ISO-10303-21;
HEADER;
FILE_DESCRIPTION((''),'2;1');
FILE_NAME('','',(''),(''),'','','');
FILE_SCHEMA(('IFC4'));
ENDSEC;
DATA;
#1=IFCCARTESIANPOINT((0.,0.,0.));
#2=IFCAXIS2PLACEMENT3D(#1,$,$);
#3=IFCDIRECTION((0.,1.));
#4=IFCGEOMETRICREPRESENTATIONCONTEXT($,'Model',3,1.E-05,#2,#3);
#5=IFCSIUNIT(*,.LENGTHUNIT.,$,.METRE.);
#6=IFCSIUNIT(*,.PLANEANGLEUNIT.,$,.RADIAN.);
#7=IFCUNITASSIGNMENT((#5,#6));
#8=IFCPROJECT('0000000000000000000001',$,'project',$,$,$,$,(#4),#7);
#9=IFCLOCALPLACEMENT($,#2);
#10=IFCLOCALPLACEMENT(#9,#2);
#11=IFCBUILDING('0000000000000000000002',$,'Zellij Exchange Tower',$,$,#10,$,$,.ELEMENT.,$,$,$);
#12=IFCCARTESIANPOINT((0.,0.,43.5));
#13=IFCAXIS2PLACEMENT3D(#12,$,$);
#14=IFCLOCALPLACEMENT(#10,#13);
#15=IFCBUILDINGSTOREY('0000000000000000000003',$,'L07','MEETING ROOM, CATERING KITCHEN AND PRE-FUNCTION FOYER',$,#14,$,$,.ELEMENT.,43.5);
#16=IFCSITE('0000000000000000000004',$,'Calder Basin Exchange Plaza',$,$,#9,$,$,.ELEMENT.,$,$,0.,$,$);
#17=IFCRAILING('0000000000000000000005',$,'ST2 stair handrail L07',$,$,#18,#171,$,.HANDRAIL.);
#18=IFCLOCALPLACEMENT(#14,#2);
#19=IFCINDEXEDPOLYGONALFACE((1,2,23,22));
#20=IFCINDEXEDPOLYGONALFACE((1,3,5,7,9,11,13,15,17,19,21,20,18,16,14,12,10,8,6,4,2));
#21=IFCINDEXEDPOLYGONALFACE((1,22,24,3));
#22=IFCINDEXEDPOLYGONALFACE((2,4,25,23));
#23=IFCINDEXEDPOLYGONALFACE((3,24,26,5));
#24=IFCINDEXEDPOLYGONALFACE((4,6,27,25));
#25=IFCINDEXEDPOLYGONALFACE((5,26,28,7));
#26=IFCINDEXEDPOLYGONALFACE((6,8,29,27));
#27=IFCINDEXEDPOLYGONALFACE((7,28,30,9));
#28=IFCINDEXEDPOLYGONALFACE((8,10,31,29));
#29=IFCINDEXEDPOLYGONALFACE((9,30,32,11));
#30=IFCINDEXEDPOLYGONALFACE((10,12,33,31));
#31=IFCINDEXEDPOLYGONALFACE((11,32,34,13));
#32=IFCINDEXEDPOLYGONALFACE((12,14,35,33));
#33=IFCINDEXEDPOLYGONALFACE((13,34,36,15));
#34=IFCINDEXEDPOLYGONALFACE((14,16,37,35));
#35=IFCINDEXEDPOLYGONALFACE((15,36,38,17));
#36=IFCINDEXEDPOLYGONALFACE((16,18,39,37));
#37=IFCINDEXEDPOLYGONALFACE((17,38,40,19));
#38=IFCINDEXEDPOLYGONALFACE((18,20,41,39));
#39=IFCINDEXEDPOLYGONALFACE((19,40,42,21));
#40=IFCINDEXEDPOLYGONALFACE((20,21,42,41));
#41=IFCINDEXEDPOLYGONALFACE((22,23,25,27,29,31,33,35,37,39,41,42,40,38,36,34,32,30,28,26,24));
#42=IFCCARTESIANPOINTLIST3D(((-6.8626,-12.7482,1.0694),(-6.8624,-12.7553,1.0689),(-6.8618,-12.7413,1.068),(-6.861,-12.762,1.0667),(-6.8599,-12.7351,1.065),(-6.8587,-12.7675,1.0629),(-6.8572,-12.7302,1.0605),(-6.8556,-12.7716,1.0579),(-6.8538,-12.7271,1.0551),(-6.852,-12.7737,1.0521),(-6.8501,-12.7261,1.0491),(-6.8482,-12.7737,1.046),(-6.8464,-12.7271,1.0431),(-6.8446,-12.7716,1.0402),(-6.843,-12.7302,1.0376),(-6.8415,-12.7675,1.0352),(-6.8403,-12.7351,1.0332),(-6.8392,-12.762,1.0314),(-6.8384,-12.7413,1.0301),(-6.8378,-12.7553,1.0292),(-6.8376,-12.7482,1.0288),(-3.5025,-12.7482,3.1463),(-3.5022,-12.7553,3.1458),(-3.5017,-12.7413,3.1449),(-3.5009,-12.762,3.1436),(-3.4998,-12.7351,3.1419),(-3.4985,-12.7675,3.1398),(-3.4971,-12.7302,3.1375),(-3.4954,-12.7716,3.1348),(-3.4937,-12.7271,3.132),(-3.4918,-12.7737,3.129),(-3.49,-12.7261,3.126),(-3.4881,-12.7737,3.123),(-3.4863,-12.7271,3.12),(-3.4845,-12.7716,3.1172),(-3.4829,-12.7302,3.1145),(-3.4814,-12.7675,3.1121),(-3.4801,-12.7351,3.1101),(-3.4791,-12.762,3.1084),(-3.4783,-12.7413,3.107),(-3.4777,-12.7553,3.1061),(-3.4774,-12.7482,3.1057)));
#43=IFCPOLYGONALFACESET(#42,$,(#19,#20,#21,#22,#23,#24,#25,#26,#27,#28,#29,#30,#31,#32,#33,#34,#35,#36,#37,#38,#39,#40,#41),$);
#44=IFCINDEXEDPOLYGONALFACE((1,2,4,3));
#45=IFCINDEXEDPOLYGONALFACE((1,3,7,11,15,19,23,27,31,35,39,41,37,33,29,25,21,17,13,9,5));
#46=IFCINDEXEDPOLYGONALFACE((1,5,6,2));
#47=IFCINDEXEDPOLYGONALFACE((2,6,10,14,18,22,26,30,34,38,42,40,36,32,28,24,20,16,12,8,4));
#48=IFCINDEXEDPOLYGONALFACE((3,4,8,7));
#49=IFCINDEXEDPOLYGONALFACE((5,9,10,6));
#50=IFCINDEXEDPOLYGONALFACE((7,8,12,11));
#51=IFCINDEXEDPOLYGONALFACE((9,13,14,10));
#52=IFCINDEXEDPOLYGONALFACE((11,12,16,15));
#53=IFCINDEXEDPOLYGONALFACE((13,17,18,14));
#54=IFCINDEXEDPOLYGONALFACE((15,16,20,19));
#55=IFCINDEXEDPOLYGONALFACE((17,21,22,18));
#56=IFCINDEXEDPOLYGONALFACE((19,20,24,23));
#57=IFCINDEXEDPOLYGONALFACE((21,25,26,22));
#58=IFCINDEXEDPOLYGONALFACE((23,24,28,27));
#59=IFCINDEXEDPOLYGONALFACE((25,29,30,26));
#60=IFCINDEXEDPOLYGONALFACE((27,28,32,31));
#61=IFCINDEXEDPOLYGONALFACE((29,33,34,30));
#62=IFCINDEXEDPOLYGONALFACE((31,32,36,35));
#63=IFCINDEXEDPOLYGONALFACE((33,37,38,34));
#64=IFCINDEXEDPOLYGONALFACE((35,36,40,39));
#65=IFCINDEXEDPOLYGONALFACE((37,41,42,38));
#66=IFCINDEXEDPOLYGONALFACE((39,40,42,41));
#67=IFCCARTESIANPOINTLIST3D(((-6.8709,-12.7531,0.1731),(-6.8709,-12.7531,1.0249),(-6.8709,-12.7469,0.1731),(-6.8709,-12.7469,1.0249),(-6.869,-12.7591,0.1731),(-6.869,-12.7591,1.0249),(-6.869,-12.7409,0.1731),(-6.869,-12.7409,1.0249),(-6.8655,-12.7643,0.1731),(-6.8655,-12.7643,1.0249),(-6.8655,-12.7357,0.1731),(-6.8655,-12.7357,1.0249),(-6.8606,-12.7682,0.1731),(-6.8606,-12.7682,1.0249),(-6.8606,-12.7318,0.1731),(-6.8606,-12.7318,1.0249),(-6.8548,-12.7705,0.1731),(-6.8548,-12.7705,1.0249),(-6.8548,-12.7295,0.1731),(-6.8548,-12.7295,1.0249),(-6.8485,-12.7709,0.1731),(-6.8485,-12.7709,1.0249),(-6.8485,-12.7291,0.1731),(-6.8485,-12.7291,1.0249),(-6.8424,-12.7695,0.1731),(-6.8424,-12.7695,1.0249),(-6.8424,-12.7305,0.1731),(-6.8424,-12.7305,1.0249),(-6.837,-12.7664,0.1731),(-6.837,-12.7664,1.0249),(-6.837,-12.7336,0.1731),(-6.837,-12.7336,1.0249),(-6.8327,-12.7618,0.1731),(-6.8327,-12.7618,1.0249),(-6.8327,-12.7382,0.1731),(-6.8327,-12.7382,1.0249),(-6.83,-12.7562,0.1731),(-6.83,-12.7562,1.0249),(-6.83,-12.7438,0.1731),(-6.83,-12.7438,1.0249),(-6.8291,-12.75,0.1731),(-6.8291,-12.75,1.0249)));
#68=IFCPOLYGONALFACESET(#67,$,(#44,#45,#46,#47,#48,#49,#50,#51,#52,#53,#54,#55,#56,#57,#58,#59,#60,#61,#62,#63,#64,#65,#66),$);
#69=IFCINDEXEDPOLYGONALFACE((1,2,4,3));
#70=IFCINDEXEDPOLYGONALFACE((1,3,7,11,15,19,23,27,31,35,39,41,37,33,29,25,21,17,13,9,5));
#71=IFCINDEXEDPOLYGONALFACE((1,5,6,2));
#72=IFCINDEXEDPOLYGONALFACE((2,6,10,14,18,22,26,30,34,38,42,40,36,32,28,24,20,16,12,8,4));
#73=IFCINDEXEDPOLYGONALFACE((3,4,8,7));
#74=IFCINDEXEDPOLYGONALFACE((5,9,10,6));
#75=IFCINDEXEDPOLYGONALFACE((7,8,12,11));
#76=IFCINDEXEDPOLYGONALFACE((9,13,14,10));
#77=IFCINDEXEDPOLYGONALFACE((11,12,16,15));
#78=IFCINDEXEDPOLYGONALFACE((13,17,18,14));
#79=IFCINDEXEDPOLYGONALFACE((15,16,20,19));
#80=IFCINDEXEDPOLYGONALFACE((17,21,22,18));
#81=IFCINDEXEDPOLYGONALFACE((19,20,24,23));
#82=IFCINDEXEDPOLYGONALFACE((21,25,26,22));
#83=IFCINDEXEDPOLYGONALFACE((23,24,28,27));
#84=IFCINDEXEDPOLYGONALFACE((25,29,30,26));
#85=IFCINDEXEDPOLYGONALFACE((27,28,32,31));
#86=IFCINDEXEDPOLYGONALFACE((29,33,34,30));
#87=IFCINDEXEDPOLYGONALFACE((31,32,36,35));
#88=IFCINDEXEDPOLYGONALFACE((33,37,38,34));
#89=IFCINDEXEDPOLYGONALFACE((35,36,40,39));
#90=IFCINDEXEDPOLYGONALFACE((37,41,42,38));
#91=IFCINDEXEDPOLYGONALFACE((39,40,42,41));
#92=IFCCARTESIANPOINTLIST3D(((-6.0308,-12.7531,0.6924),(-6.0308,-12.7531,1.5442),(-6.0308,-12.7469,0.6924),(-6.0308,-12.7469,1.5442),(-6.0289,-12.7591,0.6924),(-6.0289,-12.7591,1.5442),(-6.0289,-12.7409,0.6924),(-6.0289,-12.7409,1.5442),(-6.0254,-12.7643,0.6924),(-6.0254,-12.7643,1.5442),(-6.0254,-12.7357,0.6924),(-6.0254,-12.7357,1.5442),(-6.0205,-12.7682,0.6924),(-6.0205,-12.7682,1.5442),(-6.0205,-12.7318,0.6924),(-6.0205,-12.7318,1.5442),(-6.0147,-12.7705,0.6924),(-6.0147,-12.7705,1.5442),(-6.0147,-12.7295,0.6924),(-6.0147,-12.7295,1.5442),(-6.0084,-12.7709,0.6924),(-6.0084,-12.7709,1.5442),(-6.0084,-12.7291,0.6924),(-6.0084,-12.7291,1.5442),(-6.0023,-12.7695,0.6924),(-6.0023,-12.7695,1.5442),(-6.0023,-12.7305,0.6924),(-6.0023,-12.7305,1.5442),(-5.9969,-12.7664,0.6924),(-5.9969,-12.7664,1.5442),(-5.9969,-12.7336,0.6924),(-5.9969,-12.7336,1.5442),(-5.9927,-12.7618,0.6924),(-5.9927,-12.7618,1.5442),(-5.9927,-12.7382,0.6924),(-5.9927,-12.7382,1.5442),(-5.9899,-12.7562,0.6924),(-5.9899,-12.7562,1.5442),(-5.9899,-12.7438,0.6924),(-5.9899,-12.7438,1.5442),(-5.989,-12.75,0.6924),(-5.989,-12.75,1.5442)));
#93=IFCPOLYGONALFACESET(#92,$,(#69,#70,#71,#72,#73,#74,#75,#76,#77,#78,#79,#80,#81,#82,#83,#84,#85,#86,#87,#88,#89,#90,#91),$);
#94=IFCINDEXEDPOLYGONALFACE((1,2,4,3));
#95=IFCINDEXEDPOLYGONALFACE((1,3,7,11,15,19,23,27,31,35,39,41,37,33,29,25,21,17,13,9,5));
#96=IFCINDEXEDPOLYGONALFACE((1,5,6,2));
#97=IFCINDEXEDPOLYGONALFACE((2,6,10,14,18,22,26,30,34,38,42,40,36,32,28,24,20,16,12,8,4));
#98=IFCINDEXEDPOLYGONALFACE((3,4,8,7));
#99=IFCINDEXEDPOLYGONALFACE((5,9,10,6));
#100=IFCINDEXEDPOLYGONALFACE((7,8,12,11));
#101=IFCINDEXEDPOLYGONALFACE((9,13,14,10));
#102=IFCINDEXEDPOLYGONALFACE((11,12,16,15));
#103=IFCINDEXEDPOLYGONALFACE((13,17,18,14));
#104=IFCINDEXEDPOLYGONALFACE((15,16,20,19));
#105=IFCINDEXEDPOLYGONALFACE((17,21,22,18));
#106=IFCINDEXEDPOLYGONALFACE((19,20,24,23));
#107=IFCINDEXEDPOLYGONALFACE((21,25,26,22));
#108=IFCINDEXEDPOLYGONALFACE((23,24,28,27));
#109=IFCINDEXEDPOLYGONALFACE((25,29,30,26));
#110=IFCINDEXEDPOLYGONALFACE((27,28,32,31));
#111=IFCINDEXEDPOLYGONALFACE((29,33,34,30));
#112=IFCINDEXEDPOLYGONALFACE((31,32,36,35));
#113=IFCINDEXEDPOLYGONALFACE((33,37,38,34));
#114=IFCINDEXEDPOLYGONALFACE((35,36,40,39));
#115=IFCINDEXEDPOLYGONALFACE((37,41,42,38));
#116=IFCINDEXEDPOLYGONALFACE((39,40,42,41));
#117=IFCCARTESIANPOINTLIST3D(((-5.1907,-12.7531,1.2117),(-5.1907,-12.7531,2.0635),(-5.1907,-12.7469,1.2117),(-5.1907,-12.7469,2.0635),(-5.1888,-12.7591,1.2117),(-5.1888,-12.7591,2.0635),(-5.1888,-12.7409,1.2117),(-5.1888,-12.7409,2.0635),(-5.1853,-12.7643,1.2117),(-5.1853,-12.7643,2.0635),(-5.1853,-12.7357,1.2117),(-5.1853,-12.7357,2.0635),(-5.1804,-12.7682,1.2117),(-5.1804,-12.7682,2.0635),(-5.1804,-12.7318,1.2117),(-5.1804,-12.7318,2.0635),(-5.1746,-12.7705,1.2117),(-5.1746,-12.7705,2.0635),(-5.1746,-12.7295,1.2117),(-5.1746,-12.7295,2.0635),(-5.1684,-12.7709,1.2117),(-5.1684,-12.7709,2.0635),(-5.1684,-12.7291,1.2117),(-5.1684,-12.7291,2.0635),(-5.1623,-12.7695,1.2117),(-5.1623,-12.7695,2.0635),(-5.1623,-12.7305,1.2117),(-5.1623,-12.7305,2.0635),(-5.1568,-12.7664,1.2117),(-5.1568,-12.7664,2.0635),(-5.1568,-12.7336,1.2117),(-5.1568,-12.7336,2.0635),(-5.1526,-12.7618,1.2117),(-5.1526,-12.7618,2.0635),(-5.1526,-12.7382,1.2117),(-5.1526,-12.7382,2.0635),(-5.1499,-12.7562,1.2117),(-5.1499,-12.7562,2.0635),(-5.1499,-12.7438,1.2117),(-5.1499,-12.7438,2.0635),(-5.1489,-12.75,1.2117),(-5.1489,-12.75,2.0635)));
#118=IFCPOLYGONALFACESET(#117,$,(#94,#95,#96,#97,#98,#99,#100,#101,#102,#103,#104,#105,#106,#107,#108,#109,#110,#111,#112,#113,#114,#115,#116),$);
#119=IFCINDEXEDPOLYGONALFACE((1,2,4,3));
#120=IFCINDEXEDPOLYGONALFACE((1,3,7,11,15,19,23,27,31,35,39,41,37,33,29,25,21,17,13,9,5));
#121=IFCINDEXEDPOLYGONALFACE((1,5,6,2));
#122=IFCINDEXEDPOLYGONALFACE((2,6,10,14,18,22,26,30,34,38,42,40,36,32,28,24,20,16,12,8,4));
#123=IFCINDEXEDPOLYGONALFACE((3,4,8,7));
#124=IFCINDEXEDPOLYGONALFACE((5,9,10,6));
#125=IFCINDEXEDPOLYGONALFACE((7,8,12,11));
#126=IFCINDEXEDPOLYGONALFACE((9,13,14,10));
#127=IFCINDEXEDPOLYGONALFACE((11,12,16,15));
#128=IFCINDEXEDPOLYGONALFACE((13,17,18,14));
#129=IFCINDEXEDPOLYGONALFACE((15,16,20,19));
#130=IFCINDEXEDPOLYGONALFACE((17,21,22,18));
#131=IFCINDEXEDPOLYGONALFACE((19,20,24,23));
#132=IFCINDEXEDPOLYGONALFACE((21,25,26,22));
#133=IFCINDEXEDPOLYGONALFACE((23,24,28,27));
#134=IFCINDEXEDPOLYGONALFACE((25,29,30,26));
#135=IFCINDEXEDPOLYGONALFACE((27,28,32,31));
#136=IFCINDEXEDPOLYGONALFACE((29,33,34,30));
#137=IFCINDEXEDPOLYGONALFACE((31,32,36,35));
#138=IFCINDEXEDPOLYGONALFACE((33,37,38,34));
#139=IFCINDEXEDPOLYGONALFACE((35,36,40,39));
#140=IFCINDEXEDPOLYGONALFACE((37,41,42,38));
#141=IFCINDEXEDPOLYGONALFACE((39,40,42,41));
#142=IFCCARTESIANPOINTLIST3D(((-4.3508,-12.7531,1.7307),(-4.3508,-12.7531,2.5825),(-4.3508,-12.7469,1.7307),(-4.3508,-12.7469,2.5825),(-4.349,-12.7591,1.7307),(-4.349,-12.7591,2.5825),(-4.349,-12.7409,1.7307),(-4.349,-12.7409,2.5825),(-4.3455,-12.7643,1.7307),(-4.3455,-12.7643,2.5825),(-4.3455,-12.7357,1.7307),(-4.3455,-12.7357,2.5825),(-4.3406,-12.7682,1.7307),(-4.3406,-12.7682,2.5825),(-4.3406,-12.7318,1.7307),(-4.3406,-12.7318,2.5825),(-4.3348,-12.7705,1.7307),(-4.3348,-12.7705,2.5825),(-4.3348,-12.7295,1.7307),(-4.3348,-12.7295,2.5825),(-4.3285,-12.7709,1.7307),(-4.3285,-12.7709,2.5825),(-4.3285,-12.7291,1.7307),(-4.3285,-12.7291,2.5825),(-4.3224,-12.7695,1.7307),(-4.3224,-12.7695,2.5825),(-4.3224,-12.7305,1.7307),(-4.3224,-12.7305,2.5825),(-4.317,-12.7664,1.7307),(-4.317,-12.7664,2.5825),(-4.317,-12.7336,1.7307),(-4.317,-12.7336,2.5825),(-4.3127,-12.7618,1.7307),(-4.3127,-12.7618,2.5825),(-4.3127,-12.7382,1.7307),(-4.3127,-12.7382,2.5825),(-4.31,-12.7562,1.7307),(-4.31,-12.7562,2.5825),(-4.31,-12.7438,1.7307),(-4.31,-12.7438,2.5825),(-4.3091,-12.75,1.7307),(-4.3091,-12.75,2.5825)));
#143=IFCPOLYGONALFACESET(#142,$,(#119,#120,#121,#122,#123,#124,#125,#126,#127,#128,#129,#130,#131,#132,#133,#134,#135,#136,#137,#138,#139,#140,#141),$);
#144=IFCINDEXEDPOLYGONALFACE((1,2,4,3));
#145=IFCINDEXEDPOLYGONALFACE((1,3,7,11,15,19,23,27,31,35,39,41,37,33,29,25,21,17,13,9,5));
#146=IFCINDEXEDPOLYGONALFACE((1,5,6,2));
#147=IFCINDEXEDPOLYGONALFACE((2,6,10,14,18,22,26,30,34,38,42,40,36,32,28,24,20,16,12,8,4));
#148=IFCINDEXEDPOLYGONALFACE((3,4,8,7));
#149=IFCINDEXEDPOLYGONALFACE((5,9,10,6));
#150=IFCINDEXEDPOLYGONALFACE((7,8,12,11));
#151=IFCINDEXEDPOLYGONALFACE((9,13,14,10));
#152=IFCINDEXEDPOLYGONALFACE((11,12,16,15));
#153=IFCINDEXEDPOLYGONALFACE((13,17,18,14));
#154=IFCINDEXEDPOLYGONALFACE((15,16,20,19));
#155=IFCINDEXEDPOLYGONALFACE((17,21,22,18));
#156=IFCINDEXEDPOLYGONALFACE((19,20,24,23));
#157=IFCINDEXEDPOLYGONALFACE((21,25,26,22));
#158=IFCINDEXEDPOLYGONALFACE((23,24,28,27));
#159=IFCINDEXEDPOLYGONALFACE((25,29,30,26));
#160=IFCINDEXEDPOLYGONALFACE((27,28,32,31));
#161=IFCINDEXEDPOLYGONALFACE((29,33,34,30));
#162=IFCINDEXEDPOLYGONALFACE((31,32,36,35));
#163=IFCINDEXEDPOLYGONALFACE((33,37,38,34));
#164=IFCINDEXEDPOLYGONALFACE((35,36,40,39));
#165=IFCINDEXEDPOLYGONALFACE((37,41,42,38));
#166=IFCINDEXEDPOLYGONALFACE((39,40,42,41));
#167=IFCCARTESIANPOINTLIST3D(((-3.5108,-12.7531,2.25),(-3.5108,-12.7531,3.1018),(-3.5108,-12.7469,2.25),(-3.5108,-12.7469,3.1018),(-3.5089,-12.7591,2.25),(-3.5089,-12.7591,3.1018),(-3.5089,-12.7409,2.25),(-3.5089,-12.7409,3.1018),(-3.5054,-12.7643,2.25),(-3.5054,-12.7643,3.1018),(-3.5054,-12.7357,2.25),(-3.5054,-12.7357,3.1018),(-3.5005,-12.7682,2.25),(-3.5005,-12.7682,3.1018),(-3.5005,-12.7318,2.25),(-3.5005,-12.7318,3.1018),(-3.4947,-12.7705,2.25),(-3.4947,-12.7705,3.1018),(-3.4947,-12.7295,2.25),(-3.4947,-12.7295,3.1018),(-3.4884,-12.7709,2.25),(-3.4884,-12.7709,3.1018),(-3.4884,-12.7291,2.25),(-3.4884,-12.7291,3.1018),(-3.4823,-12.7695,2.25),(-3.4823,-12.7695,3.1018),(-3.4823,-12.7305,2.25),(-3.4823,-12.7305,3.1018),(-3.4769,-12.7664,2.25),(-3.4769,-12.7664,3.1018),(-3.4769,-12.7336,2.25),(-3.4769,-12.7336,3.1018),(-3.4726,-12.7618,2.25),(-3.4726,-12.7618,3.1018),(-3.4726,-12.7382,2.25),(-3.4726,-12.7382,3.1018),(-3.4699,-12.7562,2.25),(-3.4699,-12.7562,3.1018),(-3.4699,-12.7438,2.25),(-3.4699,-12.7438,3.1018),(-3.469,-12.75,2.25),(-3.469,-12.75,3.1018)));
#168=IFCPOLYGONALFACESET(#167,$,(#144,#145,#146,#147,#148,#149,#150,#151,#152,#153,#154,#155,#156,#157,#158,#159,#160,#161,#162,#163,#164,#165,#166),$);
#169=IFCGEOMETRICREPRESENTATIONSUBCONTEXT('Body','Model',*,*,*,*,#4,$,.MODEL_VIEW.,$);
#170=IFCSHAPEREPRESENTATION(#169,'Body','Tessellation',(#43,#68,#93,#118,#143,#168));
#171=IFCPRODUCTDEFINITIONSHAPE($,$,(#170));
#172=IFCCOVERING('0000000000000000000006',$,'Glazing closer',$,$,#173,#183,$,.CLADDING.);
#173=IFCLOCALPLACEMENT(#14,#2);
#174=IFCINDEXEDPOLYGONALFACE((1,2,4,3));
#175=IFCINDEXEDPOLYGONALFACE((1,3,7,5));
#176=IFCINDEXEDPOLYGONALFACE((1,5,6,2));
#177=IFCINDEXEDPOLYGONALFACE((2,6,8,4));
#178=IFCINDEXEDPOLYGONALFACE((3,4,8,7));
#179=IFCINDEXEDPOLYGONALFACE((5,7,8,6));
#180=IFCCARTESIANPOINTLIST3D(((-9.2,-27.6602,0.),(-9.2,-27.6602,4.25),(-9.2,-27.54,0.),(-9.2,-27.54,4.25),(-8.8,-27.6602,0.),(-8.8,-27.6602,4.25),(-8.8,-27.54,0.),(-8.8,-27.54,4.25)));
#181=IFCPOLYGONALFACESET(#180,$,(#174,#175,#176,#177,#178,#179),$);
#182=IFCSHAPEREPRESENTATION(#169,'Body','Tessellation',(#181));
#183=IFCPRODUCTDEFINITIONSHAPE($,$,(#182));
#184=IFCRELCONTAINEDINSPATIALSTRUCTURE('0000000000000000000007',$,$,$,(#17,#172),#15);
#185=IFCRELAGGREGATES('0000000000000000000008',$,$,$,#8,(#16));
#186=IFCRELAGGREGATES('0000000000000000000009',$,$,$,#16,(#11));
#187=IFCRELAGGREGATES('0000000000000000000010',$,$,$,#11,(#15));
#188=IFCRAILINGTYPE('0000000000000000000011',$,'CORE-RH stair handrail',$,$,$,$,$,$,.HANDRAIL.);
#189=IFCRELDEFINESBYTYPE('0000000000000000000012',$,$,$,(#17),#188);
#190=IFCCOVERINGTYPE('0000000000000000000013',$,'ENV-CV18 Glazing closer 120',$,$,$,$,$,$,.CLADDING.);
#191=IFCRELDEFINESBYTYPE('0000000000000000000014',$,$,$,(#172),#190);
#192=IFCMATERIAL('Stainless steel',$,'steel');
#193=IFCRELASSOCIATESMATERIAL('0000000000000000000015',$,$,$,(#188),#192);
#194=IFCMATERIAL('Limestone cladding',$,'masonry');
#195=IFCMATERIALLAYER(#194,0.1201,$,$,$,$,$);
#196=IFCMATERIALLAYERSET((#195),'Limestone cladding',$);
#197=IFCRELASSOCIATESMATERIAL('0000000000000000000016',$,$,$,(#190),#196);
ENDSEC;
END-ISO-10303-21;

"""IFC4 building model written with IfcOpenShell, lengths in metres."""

from ifc_helpers import new_model, si_unit, direction, frame, origin, origin_2d, place, context, subcontext, project, spatial, rectangle, circle, extrude, material, layer, layer_set, type_object, element, save


model = new_model("IFC4")

# Units and contexts
model_context = context("Model", 3, precision=1e-05, world=origin(), true_north=direction((0.0, 1.0)))
body_context = subcontext(model_context, "Body", "Model", "MODEL_VIEW")
ifc_project = project(units=[si_unit("LENGTHUNIT", "METRE"), si_unit("PLANEANGLEUNIT", "RADIAN")], contexts=[model_context])

# Site, building, storey
site_placement = place(None, origin())
site = spatial("IfcSite", under=ifc_project, at=site_placement, Name="Calder Basin Exchange Plaza", CompositionType="ELEMENT", RefElevation=0.0)
building_placement = place(site_placement, origin())
building = spatial("IfcBuilding", under=site, at=building_placement, Name="Zellij Exchange Tower", CompositionType="ELEMENT")
storey_placement = place(building_placement, frame((0.0, 0.0, 43.5)))
storey = spatial("IfcBuildingStorey", under=building, at=storey_placement, Name="L07", Description="MEETING ROOM, CATERING KITCHEN AND PRE-FUNCTION FOYER", CompositionType="ELEMENT", Elevation=43.5)

# Railing
ifc_material_1 = material(Name="Stainless steel", Category="steel")
railing_type = type_object("IfcRailingType", Name="CORE-RH stair handrail", PredefinedType="HANDRAIL", material=ifc_material_1)
railing_placement = place(storey_placement, frame((-6.8501, -12.75, 0.1731)))
element("IfcRailing", 1, at=railing_placement, inside=storey, type_object=railing_type, Name="ST2 stair handrail L07", PredefinedType="HANDRAIL", context=body_context, shape_type="SweptSolid", body=[
    extrude(circle(Radius=0.0239, at=origin_2d()), frame((0.0, 0.0, 0.876), z_axis=(0.850623, 0.0, 0.525776), x_axis=(0.0, 1.0, 0.0)), (0.0, 0.0, 1.0), 3.9502),
    extrude(circle(Radius=0.021, at=origin_2d()), origin(), (0.0, 0.0, 1.0), 0.8518),
    extrude(circle(Radius=0.021, at=origin_2d()), frame((0.8401, 0.0, 0.5193)), (0.0, 0.0, 1.0), 0.8518),
    extrude(circle(Radius=0.021, at=origin_2d()), frame((1.6802, 0.0, 1.0386)), (0.0, 0.0, 1.0), 0.8518),
    extrude(circle(Radius=0.021, at=origin_2d()), frame((2.52, 0.0, 1.5576)), (0.0, 0.0, 1.0), 0.8518),
    extrude(circle(Radius=0.021, at=origin_2d()), frame((3.3601, 0.0, 2.0769)), (0.0, 0.0, 1.0), 0.8518),
])

# Covering
ifc_material_2 = material(Name="Limestone cladding", Category="masonry")
ifc_layer_1 = layer(ifc_material_2, 0.1201)
ifc_layer_set_1 = layer_set([ifc_layer_1], Name="Limestone cladding")
covering_type_1 = type_object("IfcCoveringType", Name="ENV-CV18 Glazing closer 120", PredefinedType="CLADDING", material=ifc_layer_set_1)
covering_1_placement = place(storey_placement, frame((-9.0, -27.6001, 0.0), z_axis=(0.0, 0.0, 1.0), x_axis=(1.0, 0.0, 0.0)))
element("IfcCovering", 2, at=covering_1_placement, inside=storey, type_object=covering_type_1, Name="Glazing closer", PredefinedType="CLADDING", context=body_context, shape_type="SweptSolid", body=[
    extrude(rectangle(XDim=0.3999, YDim=0.1201, at=origin_2d()), origin(), (0.0, 0.0, 1.0), 4.25),
])

save(model, "model.ifc")
